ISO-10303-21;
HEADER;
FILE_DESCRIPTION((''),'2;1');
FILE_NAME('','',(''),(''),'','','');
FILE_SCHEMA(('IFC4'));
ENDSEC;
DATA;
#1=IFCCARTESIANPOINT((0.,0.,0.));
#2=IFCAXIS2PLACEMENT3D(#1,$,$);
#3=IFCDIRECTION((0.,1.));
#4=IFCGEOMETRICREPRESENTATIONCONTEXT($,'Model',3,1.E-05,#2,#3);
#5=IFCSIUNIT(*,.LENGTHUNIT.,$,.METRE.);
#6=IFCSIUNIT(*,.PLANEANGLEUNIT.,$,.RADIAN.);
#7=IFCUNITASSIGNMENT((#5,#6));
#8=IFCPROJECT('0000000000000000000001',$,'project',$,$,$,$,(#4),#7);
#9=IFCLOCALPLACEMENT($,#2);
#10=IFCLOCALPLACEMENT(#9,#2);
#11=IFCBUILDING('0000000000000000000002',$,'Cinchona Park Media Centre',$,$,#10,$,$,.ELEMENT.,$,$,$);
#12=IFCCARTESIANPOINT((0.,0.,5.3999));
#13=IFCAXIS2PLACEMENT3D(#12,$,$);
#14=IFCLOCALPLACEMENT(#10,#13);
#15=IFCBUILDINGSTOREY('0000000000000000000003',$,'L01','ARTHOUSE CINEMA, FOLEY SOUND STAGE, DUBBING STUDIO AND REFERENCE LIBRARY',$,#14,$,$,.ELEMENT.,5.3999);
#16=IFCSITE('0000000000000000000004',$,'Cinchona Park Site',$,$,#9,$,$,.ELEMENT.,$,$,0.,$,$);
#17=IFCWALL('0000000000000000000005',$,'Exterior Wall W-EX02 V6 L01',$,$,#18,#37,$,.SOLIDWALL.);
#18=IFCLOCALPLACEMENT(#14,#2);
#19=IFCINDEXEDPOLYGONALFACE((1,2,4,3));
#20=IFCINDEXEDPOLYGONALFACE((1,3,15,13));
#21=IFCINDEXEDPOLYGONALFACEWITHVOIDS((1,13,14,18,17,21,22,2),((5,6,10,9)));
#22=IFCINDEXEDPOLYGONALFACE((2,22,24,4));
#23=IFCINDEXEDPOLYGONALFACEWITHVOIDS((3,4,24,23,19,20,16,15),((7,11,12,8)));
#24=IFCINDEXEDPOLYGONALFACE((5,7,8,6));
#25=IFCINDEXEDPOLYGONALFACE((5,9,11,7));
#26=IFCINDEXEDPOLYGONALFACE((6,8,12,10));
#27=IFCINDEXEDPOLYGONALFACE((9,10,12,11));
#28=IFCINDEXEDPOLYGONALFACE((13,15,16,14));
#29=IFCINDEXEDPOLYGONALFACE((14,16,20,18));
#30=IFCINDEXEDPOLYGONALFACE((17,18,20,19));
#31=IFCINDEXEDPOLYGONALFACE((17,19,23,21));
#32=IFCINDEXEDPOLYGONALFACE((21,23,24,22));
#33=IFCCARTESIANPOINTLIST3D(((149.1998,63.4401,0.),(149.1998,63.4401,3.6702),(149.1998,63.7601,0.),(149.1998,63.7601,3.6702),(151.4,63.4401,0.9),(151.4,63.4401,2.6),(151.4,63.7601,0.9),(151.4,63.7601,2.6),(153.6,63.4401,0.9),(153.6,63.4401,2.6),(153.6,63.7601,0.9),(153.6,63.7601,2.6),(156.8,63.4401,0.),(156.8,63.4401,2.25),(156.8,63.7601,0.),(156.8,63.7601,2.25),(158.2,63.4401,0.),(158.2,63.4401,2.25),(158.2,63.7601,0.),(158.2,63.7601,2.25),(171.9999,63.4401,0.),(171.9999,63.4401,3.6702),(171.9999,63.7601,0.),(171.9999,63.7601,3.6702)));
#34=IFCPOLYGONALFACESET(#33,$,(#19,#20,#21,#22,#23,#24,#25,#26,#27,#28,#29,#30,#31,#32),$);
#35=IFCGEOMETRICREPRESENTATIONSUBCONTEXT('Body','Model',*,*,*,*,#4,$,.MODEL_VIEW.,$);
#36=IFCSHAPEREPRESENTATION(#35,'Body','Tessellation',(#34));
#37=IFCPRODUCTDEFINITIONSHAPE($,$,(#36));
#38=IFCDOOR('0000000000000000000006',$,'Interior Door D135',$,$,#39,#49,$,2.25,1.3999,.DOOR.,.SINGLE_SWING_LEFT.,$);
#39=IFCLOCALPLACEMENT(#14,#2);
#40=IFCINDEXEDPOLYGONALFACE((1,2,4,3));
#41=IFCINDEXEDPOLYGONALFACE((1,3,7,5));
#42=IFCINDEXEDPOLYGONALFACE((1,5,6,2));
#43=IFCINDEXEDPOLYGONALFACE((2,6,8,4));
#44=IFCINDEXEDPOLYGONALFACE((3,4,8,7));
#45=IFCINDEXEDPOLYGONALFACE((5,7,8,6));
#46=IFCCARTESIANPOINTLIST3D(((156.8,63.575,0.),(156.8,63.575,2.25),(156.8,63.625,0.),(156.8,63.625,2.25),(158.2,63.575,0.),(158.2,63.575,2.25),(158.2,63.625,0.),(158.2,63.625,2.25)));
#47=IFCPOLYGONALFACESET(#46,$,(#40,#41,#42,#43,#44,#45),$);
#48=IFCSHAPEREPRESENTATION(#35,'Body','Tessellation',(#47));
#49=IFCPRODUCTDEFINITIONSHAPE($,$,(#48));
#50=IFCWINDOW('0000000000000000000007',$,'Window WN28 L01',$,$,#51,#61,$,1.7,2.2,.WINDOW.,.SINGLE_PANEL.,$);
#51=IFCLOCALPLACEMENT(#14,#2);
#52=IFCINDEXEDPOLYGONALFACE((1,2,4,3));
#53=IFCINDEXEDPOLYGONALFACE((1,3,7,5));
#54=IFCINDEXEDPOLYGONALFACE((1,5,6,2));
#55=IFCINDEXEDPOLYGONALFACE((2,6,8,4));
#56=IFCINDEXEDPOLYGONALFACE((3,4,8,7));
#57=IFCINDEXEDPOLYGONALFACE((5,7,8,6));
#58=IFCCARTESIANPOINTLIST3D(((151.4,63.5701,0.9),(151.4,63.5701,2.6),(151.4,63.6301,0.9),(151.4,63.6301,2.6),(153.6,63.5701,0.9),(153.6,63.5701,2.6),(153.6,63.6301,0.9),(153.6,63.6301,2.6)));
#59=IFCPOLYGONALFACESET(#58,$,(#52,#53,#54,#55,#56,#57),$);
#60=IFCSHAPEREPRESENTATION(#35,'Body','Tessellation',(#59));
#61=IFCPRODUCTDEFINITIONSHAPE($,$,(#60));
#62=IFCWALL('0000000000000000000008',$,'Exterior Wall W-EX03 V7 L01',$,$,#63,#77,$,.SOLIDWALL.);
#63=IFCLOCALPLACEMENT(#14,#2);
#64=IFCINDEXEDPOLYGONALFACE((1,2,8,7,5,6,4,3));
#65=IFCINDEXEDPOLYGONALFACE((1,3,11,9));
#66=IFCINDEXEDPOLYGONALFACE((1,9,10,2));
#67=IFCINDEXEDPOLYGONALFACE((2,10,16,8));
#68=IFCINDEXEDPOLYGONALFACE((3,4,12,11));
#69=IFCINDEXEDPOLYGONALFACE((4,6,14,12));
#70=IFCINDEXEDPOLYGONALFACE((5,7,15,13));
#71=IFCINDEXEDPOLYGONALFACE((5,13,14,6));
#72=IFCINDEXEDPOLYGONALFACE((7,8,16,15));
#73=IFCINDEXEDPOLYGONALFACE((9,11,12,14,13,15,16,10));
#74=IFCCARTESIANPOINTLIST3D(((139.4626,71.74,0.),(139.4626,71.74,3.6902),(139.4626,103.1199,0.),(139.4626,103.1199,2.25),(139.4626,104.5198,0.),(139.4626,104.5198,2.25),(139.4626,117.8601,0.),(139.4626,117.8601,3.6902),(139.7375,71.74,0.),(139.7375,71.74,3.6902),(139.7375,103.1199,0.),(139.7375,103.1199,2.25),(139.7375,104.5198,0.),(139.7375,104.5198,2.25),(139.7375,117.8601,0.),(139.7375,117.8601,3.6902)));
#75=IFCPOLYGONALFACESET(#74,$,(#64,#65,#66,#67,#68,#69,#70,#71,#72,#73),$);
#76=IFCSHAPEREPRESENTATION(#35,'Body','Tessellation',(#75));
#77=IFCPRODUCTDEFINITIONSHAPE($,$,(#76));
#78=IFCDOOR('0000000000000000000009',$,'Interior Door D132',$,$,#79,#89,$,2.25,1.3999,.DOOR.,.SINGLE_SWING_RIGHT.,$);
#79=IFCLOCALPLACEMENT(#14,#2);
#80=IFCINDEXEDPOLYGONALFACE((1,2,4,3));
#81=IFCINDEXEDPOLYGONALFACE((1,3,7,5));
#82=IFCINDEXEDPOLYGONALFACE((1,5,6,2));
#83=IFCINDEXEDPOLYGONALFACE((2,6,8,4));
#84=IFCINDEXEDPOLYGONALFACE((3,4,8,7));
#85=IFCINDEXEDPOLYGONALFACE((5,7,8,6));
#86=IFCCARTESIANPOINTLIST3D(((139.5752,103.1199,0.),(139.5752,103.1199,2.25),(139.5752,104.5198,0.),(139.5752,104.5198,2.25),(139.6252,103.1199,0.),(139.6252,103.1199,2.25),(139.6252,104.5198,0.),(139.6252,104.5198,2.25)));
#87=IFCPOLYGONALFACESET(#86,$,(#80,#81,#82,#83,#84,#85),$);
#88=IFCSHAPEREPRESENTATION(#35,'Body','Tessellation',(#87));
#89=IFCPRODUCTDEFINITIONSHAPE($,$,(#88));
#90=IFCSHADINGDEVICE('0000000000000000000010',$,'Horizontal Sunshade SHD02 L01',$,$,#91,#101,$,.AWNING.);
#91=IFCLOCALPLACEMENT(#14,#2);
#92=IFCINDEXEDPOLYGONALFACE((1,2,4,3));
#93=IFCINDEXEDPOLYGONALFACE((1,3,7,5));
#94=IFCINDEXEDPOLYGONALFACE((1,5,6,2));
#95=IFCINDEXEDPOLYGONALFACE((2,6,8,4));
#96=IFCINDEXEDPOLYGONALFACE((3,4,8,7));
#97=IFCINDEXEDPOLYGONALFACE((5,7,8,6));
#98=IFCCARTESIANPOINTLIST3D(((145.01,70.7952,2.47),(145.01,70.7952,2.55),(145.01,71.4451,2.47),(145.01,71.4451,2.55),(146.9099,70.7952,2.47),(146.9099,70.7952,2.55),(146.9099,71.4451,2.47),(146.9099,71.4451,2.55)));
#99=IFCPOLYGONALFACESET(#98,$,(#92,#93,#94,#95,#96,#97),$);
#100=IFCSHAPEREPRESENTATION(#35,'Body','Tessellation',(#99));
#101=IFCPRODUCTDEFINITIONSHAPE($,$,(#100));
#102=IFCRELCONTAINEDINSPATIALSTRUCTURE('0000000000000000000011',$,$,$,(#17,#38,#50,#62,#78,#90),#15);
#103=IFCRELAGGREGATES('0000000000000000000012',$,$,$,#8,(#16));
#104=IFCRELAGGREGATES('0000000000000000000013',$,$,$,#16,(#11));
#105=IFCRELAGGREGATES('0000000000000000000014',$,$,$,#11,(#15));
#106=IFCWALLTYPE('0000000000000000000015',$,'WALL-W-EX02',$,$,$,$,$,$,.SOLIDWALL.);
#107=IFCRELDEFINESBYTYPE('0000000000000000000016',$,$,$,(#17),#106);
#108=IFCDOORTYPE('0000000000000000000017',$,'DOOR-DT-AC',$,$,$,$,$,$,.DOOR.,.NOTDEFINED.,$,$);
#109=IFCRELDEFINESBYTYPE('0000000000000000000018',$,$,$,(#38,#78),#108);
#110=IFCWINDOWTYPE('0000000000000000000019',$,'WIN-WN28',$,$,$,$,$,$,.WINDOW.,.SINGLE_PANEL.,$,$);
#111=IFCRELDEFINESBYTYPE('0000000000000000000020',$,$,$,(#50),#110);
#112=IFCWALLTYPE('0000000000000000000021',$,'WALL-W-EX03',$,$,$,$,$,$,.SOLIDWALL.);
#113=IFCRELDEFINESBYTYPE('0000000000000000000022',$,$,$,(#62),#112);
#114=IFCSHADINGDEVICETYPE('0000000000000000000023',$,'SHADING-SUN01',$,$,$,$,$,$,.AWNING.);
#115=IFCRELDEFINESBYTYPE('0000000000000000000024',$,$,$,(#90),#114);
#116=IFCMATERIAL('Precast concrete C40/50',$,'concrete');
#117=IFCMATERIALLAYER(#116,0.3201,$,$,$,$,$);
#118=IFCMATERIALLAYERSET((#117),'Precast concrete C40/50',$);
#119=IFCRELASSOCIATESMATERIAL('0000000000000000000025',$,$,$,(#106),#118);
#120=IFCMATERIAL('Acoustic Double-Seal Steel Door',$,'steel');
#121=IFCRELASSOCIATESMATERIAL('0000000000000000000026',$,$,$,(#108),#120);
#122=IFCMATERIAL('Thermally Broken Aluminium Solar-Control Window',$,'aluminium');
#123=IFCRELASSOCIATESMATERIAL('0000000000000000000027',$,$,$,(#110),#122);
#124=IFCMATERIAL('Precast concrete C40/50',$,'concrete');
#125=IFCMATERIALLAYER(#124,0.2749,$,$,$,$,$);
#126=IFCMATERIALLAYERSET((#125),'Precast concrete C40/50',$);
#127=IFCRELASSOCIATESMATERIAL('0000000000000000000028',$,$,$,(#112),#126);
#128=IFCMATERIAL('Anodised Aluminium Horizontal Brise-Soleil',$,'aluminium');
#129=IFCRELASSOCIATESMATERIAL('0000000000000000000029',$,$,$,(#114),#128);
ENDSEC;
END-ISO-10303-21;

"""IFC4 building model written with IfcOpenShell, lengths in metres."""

from ifc_helpers import new_model, si_unit, direction, frame, frame_2d, origin, origin_2d, place, context, subcontext, project, spatial, rectangle, extrude, material, layer, layer_set, type_object, element, fill, save


model = new_model("IFC4")

# Units and contexts
model_context = context("Model", 3, precision=1e-05, world=origin(), true_north=direction((0.0, 1.0)))
body_context = subcontext(model_context, "Body", "Model", "MODEL_VIEW")
ifc_project = project(units=[si_unit("LENGTHUNIT", "METRE"), si_unit("PLANEANGLEUNIT", "RADIAN")], contexts=[model_context])

# Site, building, storey
site_placement = place(None, origin())
site = spatial("IfcSite", under=ifc_project, at=site_placement, Name="Cinchona Park Site", CompositionType="ELEMENT", RefElevation=0.0)
building_placement = place(site_placement, origin())
building = spatial("IfcBuilding", under=site, at=building_placement, Name="Cinchona Park Media Centre", CompositionType="ELEMENT")
storey_placement = place(building_placement, frame((0.0, 0.0, 5.3999)))
storey = spatial("IfcBuildingStorey", under=building, at=storey_placement, Name="L01", Description="ARTHOUSE CINEMA, FOLEY SOUND STAGE, DUBBING STUDIO AND REFERENCE LIBRARY", CompositionType="ELEMENT", Elevation=5.3999)

# Wall, openings, door, window
ifc_material_1 = material(Name="Precast concrete C40/50", Category="concrete")
ifc_layer_1 = layer(ifc_material_1, 0.3201)
ifc_layer_set_1 = layer_set([ifc_layer_1], Name="Precast concrete C40/50")
wall_type_1 = type_object("IfcWallType", Name="WALL-W-EX02", PredefinedType="SOLIDWALL", material=ifc_layer_set_1)
wall_1_placement = place(storey_placement, frame((149.2, 63.6001, 0.0), z_axis=(0.0, 0.0, 1.0), x_axis=(1.0, 0.0, 0.0)))
wall_1 = element("IfcWall", 1, at=wall_1_placement, inside=storey, type_object=wall_type_1, Name="Exterior Wall W-EX02 V6 L01", PredefinedType="SOLIDWALL", context=body_context, shape_type="SweptSolid", body=[
    extrude(rectangle(XDim=22.8, YDim=0.3201, at=frame_2d((11.3999, 0.0))), origin(), (0.0, 0.0, 1.0), 3.6702),
])
opening_1_placement = place(wall_1_placement, frame((2.2, 0.0, 0.8999)))
opening_1 = element("IfcOpeningElement", 2, at=opening_1_placement, cuts=wall_1, PredefinedType="OPENING", context=body_context, shape_type="SweptSolid", body=[
    extrude(rectangle(XDim=2.2, YDim=1.7, at=frame_2d((1.1001, 0.8501))), frame((0.0, 0.1699, 0.0), z_axis=(0.0, -1.0, 0.0), x_axis=(1.0, 0.0, 0.0)), (0.0, 0.0, 1.0), 0.3401),
])
opening_2_placement = place(wall_1_placement, frame((7.6001, 0.0, 0.0)))
opening_2 = element("IfcOpeningElement", 3, at=opening_2_placement, cuts=wall_1, PredefinedType="OPENING", context=body_context, shape_type="SweptSolid", body=[
    extrude(rectangle(XDim=1.3999, YDim=2.25, at=frame_2d((0.7, 1.125))), frame((0.0, 0.1699, 0.0), z_axis=(0.0, -1.0, 0.0), x_axis=(1.0, 0.0, 0.0)), (0.0, 0.0, 1.0), 0.3401),
])
ifc_material_2 = material(Name="Acoustic Double-Seal Steel Door", Category="steel")
door_type = type_object("IfcDoorType", Name="DOOR-DT-AC", OperationType="NOTDEFINED", PredefinedType="DOOR", material=ifc_material_2)
door_1_placement = place(opening_2_placement, origin())
door_1 = element("IfcDoor", 4, at=door_1_placement, inside=storey, type_object=door_type, Name="Interior Door D135", OperationType="SINGLE_SWING_LEFT", OverallHeight=2.25, OverallWidth=1.3999, PredefinedType="DOOR", context=body_context, shape_type="SweptSolid", body=[
    extrude(rectangle(XDim=1.3999, YDim=2.25, at=frame_2d((0.7, 1.125))), frame((0.0, 0.0249, 0.0), z_axis=(0.0, -1.0, 0.0), x_axis=(1.0, 0.0, 0.0)), (0.0, 0.0, 1.0), 0.05),
])
fill(opening_2, door_1)
ifc_material_3 = material(Name="Thermally Broken Aluminium Solar-Control Window", Category="aluminium")
window_type = type_object("IfcWindowType", Name="WIN-WN28", PartitioningType="SINGLE_PANEL", PredefinedType="WINDOW", material=ifc_material_3)
window_placement = place(opening_1_placement, origin())
window = element("IfcWindow", 5, at=window_placement, inside=storey, type_object=window_type, Name="Window WN28 L01", OverallHeight=1.7, OverallWidth=2.2, PartitioningType="SINGLE_PANEL", PredefinedType="WINDOW", context=body_context, shape_type="SweptSolid", body=[
    extrude(rectangle(XDim=2.2, YDim=1.7, at=frame_2d((1.1001, 0.8501))), frame((0.0, 0.03, 0.0), z_axis=(0.0, -1.0, 0.0), x_axis=(1.0, 0.0, 0.0)), (0.0, 0.0, 1.0), 0.0601),
])
fill(opening_1, window)

# Wall, opening, door
ifc_material_4 = material(Name="Precast concrete C40/50", Category="concrete")
ifc_layer_2 = layer(ifc_material_4, 0.2749)
ifc_layer_set_2 = layer_set([ifc_layer_2], Name="Precast concrete C40/50")
wall_type_2 = type_object("IfcWallType", Name="WALL-W-EX03", PredefinedType="SOLIDWALL", material=ifc_layer_set_2)
wall_2_placement = place(storey_placement, frame((139.6001, 71.74, 0.0), z_axis=(0.0, 0.0, 1.0), x_axis=(0.0, 1.0, 0.0)))
wall_2 = element("IfcWall", 6, at=wall_2_placement, inside=storey, type_object=wall_type_2, Name="Exterior Wall W-EX03 V7 L01", PredefinedType="SOLIDWALL", context=body_context, shape_type="SweptSolid", body=[
    extrude(rectangle(XDim=46.1201, YDim=0.2749, at=frame_2d((23.0601, 0.0))), origin(), (0.0, 0.0, 1.0), 3.6902),
])
opening_3_placement = place(wall_2_placement, frame((31.3799, 0.0, 0.0)))
opening_3 = element("IfcOpeningElement", 7, at=opening_3_placement, cuts=wall_2, PredefinedType="OPENING", context=body_context, shape_type="SweptSolid", body=[
    extrude(rectangle(XDim=1.3999, YDim=2.25, at=frame_2d((0.7, 1.125))), frame((0.0, 0.1475, 0.0), z_axis=(0.0, -1.0, 0.0), x_axis=(1.0, 0.0, 0.0)), (0.0, 0.0, 1.0), 0.2949),
])
door_2_placement = place(opening_3_placement, origin())
door_2 = element("IfcDoor", 8, at=door_2_placement, inside=storey, type_object=door_type, Name="Interior Door D132", OperationType="SINGLE_SWING_RIGHT", OverallHeight=2.25, OverallWidth=1.3999, PredefinedType="DOOR", context=body_context, shape_type="SweptSolid", body=[
    extrude(rectangle(XDim=1.3999, YDim=2.25, at=frame_2d((0.7, 1.125))), frame((0.0, 0.0249, 0.0), z_axis=(0.0, -1.0, 0.0), x_axis=(1.0, 0.0, 0.0)), (0.0, 0.0, 1.0), 0.05),
])
fill(opening_3, door_2)

# Shading device
ifc_material_5 = material(Name="Anodised Aluminium Horizontal Brise-Soleil", Category="aluminium")
shading_device_type = type_object("IfcShadingDeviceType", Name="SHADING-SUN01", PredefinedType="AWNING", material=ifc_material_5)
shading_device_placement = place(storey_placement, frame((145.96, 71.1201, 2.47), z_axis=(0.0, 0.0, 1.0), x_axis=(-1.0, 0.0, 0.0)))
element("IfcShadingDevice", 9, at=shading_device_placement, inside=storey, type_object=shading_device_type, Name="Horizontal Sunshade SHD02 L01", PredefinedType="AWNING", context=body_context, shape_type="SweptSolid", body=[
    extrude(rectangle(XDim=1.8999, YDim=0.6499, at=origin_2d()), origin(), (0.0, 0.0, 1.0), 0.0801),
])

save(model, "model.ifc")
